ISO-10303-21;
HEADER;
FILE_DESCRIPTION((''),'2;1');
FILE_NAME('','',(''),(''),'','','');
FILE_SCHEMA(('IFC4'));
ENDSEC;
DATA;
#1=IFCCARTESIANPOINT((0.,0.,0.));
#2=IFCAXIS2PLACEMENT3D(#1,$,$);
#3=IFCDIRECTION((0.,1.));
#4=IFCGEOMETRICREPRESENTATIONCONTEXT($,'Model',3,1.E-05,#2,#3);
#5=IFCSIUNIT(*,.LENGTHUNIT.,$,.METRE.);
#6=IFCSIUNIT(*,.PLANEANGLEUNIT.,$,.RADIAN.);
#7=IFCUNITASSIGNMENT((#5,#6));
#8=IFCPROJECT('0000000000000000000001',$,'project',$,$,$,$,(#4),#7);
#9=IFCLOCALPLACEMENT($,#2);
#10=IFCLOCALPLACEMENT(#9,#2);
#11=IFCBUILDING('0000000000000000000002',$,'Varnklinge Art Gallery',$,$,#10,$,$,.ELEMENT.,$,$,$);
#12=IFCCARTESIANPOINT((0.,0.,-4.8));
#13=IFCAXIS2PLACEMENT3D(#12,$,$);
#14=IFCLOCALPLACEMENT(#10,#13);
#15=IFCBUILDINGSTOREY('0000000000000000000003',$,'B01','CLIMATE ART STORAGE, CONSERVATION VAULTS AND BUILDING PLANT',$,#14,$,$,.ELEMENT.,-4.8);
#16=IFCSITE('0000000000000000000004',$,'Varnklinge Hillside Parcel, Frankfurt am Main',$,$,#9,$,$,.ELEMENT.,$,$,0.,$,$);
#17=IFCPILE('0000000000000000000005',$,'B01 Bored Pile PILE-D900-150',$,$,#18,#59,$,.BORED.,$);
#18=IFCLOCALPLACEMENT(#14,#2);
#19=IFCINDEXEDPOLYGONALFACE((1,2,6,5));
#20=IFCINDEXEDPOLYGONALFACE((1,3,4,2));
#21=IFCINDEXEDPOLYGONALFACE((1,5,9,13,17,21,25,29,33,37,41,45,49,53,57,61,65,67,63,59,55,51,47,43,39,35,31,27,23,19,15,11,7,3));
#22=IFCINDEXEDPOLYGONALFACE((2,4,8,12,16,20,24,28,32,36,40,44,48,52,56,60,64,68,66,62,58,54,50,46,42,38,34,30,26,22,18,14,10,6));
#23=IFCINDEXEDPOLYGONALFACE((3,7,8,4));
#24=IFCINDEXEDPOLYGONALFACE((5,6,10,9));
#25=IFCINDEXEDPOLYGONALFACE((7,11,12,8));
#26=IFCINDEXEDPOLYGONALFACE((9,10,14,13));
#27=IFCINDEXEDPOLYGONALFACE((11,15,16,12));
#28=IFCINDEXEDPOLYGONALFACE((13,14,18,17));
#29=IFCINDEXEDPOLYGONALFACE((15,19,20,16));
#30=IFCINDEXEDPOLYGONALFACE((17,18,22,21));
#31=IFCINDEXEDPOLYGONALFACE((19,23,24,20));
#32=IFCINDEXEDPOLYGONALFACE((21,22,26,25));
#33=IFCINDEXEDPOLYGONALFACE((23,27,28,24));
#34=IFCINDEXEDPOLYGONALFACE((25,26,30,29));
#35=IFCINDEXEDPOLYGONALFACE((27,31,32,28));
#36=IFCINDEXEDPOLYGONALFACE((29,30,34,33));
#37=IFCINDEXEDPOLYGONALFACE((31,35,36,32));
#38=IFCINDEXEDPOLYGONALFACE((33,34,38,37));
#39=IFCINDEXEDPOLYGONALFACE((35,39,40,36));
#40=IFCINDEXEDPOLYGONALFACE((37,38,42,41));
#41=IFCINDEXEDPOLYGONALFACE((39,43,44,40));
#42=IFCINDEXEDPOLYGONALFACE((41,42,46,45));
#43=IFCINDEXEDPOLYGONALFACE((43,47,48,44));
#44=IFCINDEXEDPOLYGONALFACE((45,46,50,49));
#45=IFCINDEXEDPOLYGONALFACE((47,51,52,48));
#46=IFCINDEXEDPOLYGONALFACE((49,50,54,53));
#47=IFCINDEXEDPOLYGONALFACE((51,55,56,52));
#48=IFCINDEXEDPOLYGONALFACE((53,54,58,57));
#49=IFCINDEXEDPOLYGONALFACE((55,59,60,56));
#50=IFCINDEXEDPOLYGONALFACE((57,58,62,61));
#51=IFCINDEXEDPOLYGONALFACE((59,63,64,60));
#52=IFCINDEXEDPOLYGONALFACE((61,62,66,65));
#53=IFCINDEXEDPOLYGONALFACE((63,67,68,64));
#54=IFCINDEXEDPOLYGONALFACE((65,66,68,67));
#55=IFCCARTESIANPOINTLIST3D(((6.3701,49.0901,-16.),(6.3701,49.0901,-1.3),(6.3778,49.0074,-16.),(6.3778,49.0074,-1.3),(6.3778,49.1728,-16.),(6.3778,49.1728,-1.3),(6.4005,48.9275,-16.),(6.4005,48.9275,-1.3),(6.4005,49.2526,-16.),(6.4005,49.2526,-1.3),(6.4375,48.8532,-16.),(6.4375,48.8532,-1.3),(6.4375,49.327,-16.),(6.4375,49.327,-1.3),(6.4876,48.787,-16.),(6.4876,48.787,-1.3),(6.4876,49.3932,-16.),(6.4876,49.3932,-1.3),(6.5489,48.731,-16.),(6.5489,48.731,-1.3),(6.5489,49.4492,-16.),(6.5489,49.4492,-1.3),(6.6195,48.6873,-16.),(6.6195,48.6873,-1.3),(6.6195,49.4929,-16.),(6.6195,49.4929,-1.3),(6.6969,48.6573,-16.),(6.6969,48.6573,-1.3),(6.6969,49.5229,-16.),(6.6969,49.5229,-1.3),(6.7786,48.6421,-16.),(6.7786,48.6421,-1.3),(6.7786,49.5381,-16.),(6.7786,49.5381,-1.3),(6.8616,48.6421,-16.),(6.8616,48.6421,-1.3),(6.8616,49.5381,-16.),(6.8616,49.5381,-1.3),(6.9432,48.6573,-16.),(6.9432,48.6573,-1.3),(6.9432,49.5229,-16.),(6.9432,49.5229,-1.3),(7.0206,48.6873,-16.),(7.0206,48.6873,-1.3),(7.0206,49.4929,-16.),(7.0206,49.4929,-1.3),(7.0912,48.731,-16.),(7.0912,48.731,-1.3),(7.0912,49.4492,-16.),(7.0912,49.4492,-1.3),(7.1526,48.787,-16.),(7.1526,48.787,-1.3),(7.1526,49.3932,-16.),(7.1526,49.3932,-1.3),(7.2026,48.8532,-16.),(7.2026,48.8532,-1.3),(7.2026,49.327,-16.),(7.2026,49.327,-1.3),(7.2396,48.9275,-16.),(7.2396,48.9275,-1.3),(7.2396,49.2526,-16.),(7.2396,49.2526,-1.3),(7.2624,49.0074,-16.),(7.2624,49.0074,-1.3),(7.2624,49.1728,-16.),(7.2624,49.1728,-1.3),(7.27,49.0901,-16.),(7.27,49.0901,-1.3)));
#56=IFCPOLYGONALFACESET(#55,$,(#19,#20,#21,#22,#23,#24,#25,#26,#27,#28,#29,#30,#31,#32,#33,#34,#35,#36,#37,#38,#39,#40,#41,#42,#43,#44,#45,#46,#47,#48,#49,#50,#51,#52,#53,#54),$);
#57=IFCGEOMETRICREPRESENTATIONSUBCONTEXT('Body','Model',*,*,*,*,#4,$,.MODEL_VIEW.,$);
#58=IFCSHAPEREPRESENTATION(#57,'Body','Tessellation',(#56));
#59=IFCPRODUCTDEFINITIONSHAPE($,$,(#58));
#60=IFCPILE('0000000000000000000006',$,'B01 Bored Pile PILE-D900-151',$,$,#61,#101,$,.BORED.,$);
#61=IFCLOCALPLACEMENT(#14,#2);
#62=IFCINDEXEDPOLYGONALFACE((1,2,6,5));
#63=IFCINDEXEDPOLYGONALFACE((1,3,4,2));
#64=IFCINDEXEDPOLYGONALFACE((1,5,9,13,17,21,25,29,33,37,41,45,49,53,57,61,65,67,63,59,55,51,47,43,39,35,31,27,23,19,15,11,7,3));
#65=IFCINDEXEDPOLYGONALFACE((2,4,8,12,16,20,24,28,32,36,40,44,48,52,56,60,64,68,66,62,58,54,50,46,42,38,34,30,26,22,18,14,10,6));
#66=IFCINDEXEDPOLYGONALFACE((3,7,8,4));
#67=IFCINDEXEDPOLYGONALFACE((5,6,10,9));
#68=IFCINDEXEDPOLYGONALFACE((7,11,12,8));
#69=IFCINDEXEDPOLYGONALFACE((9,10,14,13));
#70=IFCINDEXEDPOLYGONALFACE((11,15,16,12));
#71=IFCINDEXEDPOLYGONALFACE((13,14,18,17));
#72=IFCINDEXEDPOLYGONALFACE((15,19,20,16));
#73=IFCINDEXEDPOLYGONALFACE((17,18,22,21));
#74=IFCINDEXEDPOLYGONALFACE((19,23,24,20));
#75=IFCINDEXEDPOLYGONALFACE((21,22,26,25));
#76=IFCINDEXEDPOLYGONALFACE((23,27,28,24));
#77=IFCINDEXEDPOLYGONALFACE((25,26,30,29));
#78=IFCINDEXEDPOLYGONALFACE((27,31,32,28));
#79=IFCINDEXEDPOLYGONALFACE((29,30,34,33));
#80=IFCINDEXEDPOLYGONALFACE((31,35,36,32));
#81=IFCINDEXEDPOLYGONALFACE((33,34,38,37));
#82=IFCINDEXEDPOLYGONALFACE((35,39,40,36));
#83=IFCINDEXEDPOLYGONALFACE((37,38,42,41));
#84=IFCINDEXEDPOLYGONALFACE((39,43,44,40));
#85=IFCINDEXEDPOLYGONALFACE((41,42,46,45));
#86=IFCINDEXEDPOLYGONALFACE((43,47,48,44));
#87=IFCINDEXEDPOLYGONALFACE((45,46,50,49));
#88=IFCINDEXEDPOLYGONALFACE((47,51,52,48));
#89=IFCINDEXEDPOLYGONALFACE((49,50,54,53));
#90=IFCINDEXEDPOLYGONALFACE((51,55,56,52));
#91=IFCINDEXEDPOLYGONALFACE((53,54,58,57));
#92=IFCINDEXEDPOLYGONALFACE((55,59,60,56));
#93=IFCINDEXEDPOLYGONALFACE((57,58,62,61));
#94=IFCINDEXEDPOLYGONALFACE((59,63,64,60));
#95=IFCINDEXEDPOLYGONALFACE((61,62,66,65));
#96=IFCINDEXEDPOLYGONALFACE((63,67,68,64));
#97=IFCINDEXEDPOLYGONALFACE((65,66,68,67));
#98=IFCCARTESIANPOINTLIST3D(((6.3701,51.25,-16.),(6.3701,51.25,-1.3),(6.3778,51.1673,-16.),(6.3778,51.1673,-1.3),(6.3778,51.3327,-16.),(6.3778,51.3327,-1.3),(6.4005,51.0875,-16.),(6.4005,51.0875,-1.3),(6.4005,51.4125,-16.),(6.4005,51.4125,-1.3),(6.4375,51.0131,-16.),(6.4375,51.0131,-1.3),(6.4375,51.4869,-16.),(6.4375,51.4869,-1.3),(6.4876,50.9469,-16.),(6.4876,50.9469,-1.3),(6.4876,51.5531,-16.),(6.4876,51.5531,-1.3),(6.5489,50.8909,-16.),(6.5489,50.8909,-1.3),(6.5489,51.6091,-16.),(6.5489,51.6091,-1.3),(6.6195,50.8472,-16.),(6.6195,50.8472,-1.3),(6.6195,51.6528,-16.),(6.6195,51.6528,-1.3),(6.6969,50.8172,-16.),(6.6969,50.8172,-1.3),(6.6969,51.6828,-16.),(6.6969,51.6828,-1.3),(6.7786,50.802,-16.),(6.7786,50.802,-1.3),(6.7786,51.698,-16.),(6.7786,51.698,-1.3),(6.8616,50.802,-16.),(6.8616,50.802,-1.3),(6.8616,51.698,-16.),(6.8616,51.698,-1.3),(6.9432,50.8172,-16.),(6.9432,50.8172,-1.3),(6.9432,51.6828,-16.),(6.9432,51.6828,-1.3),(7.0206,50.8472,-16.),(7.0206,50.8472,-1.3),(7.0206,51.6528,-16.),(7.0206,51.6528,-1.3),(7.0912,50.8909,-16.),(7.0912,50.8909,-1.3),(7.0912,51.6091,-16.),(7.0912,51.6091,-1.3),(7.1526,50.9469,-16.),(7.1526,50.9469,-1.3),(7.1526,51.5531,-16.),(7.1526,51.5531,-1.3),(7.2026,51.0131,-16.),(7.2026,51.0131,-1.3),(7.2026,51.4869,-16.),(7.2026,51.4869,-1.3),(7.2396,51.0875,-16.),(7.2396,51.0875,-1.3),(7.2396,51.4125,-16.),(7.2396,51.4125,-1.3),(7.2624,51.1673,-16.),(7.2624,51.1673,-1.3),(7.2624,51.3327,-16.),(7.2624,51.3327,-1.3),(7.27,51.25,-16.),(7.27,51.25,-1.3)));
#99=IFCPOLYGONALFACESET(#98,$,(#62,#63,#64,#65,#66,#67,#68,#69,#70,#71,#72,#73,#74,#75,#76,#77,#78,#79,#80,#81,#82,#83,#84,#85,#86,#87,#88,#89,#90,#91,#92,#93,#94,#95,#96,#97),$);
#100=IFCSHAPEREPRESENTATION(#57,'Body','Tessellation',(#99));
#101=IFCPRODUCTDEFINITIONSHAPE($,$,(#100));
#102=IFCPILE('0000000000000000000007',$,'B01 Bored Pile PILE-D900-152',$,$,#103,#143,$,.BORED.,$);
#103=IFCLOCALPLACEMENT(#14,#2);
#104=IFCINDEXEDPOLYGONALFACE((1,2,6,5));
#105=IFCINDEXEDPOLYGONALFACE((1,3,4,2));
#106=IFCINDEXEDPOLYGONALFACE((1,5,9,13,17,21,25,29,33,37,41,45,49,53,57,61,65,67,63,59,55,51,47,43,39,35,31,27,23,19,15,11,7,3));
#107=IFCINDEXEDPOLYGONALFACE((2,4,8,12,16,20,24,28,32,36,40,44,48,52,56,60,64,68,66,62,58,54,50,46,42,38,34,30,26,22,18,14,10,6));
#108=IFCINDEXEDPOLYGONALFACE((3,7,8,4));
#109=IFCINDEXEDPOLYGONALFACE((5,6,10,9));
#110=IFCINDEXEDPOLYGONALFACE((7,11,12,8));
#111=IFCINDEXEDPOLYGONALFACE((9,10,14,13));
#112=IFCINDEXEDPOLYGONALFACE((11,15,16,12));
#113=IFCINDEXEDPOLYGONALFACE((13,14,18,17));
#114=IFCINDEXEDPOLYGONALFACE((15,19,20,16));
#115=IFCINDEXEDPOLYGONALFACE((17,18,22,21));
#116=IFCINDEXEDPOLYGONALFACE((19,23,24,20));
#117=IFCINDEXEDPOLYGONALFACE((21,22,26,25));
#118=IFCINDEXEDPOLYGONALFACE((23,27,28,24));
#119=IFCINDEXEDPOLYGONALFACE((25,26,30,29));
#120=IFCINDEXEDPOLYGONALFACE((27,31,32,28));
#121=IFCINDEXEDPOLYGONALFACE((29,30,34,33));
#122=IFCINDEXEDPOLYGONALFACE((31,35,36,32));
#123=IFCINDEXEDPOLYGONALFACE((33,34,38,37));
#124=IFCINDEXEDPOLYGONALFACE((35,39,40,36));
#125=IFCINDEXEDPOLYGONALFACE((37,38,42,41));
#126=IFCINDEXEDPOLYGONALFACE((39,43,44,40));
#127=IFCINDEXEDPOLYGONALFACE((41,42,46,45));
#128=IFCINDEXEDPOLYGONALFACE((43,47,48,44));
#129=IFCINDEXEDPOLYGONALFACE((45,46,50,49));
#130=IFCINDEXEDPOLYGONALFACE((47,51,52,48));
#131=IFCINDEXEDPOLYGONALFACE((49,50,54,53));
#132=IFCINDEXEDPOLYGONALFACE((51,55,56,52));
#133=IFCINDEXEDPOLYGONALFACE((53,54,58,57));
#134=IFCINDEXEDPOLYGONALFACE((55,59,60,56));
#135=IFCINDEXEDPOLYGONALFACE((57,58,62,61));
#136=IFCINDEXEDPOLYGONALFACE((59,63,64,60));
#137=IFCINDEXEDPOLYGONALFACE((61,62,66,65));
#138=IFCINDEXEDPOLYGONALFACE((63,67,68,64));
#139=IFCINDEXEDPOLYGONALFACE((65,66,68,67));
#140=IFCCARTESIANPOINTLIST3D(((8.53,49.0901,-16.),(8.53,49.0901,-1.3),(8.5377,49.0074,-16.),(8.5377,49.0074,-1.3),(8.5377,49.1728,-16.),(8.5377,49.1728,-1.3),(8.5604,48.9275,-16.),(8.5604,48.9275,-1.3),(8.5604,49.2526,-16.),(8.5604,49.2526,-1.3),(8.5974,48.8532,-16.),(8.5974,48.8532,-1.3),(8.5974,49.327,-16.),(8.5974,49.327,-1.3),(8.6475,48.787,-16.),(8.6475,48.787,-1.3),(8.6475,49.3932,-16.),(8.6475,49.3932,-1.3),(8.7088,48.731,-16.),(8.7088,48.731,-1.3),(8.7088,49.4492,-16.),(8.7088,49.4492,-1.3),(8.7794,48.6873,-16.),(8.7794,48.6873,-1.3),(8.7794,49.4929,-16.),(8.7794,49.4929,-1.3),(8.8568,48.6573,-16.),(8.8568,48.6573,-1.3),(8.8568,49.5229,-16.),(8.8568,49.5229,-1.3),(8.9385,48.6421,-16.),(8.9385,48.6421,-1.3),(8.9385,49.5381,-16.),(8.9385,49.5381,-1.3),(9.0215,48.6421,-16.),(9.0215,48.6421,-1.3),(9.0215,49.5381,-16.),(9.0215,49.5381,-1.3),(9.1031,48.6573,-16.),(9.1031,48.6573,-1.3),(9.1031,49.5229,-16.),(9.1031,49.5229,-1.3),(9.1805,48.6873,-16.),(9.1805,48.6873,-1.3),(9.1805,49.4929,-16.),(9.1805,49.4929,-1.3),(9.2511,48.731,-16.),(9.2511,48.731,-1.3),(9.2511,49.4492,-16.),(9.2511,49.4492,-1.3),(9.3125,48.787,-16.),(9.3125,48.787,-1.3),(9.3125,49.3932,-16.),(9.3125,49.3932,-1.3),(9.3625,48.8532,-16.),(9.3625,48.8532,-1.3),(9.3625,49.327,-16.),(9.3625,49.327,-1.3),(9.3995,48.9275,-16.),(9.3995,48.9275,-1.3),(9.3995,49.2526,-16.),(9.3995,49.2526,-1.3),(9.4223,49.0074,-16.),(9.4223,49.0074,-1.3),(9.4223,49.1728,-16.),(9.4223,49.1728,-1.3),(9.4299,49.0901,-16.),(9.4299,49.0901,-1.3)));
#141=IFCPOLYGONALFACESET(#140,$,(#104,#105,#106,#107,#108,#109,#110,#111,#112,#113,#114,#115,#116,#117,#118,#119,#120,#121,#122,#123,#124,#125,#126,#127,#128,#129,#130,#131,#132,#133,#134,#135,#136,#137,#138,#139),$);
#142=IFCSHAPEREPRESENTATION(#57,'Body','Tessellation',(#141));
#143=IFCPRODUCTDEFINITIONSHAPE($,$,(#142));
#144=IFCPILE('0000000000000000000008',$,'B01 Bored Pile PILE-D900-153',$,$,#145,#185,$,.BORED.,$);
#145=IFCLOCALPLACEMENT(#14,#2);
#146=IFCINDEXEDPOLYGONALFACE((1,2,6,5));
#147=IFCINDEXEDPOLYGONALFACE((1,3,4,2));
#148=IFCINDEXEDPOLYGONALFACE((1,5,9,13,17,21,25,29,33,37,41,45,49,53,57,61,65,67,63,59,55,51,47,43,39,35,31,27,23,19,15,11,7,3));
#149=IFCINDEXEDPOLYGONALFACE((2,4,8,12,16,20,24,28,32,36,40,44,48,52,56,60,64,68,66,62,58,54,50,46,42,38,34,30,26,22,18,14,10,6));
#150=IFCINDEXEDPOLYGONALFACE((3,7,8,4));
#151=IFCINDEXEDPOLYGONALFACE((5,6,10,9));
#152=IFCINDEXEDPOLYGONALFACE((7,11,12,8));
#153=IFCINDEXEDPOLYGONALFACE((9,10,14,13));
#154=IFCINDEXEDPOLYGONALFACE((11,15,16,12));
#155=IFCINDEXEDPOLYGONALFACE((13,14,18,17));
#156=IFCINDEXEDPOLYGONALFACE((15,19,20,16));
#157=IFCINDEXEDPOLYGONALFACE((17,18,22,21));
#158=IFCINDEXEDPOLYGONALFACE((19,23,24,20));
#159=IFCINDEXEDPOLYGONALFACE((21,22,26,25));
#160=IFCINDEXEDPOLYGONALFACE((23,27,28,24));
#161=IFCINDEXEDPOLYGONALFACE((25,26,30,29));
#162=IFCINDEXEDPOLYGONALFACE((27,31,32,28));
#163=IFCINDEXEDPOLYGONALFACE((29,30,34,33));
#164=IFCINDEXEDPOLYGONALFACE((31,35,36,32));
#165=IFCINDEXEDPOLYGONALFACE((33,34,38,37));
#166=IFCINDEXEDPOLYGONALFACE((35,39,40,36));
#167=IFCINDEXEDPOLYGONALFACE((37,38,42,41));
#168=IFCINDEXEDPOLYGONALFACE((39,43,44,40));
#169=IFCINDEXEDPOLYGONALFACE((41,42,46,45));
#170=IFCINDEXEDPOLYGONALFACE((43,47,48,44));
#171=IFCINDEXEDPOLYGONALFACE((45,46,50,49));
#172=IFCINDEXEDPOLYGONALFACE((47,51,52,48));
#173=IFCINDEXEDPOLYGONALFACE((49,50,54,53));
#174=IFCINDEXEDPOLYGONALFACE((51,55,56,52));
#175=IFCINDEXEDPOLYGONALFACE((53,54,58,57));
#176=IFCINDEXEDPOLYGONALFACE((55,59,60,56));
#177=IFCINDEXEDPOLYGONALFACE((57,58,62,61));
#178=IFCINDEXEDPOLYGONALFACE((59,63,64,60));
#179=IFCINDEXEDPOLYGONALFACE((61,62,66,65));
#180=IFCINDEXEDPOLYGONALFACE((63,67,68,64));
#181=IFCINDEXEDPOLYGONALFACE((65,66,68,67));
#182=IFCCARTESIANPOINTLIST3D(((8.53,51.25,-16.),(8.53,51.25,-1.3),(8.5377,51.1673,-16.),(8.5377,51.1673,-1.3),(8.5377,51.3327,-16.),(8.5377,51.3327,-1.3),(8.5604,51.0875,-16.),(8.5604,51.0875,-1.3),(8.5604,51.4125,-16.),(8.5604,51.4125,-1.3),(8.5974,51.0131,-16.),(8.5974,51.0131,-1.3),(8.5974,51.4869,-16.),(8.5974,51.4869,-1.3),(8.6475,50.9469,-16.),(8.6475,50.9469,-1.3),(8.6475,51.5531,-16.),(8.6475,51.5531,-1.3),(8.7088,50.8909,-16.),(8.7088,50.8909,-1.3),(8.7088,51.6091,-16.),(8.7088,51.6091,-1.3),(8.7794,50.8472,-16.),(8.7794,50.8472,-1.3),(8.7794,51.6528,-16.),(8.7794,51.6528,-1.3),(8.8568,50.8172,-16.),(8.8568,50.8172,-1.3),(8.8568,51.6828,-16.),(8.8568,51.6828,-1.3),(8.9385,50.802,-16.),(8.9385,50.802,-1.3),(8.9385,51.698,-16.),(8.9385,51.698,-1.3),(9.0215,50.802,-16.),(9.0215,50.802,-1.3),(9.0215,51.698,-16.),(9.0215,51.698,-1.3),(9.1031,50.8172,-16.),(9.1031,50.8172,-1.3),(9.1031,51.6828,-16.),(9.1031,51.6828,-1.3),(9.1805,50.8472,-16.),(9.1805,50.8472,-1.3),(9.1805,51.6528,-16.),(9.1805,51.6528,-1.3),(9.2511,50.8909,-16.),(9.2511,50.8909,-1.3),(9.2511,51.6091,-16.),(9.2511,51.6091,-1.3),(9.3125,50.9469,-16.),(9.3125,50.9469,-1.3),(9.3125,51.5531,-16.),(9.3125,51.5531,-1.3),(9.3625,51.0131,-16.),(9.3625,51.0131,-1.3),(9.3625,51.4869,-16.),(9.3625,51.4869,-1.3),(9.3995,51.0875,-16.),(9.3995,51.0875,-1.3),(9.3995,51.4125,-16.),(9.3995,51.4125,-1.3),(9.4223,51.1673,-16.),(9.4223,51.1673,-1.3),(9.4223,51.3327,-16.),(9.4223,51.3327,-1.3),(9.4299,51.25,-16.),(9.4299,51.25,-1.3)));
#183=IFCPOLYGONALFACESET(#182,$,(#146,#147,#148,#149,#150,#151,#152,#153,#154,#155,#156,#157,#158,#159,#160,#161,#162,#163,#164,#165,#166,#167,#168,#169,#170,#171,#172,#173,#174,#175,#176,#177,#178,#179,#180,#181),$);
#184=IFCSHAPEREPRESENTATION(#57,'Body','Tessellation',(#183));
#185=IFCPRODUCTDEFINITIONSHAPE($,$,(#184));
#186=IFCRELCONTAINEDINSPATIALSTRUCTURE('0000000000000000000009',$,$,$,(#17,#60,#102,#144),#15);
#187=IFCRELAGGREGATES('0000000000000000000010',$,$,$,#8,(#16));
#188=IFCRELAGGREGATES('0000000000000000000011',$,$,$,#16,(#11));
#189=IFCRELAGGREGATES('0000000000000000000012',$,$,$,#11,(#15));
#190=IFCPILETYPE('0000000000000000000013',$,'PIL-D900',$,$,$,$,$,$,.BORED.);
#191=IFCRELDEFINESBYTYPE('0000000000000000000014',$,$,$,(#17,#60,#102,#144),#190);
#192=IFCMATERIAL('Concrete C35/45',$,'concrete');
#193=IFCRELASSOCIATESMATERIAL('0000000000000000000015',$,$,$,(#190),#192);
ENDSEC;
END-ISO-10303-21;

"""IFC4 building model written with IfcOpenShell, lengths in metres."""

from ifc_helpers import new_model, si_unit, direction, frame, origin, origin_2d, place, context, subcontext, project, spatial, circle, extrude, material, material_profile, profile_set, type_object, element, save


model = new_model("IFC4")

# Units and contexts
model_context = context("Model", 3, precision=1e-05, world=origin(), true_north=direction((0.0, 1.0)))
body_context = subcontext(model_context, "Body", "Model", "MODEL_VIEW")
ifc_project = project(units=[si_unit("LENGTHUNIT", "METRE"), si_unit("PLANEANGLEUNIT", "RADIAN")], contexts=[model_context])

# Site, building, storey
site_placement = place(None, origin())
site = spatial("IfcSite", under=ifc_project, at=site_placement, Name="Varnklinge Hillside Parcel, Frankfurt am Main", CompositionType="ELEMENT", RefElevation=0.0)
building_placement = place(site_placement, origin())
building = spatial("IfcBuilding", under=site, at=building_placement, Name="Varnklinge Art Gallery", CompositionType="ELEMENT")
storey_placement = place(building_placement, frame((0.0, 0.0, -4.8)))
storey = spatial("IfcBuildingStorey", under=building, at=storey_placement, Name="B01", Description="CLIMATE ART STORAGE, CONSERVATION VAULTS AND BUILDING PLANT", CompositionType="ELEMENT", Elevation=-4.8)

# Piles
ifc_material_1 = material(Name="Concrete C35/45", Category="concrete")
ifc_material_profile_1 = material_profile(ifc_material_1, circle(Radius=0.45, at=origin_2d()), Name="PILE D900")
ifc_profile_set_1 = profile_set([ifc_material_profile_1], Name="Concrete C35/45")
pile_type = type_object("IfcPileType", Name="PIL-D900", PredefinedType="BORED", material=ifc_profile_set_1)
for number, where, z_axis, x_axis, name in (
    (1, (6.8201, 49.0901, -1.3), (0.0, 0.0, -1.0), (1.0, 0.0, 0.0), "B01 Bored Pile PILE-D900-150"),
    (2, (6.8201, 51.25, -1.3), (0.0, 0.0, -1.0), (1.0, 0.0, 0.0), "B01 Bored Pile PILE-D900-151"),
    (3, (8.98, 49.0901, -1.3), (0.0, 0.0, -1.0), (1.0, 0.0, 0.0), "B01 Bored Pile PILE-D900-152"),
    (4, (8.98, 51.25, -1.3), (0.0, 0.0, -1.0), (1.0, 0.0, 0.0), "B01 Bored Pile PILE-D900-153"),
):
    element("IfcPile", number, at=place(storey_placement, frame(where, z_axis=z_axis, x_axis=x_axis)), inside=storey, type_object=pile_type, Name=name, PredefinedType="BORED", context=body_context, shape_type="SweptSolid", body=[
        extrude(circle(Radius=0.45, at=origin_2d()), origin(), (0.0, 0.0, 1.0), 14.7),
    ])

save(model, "model.ifc")
